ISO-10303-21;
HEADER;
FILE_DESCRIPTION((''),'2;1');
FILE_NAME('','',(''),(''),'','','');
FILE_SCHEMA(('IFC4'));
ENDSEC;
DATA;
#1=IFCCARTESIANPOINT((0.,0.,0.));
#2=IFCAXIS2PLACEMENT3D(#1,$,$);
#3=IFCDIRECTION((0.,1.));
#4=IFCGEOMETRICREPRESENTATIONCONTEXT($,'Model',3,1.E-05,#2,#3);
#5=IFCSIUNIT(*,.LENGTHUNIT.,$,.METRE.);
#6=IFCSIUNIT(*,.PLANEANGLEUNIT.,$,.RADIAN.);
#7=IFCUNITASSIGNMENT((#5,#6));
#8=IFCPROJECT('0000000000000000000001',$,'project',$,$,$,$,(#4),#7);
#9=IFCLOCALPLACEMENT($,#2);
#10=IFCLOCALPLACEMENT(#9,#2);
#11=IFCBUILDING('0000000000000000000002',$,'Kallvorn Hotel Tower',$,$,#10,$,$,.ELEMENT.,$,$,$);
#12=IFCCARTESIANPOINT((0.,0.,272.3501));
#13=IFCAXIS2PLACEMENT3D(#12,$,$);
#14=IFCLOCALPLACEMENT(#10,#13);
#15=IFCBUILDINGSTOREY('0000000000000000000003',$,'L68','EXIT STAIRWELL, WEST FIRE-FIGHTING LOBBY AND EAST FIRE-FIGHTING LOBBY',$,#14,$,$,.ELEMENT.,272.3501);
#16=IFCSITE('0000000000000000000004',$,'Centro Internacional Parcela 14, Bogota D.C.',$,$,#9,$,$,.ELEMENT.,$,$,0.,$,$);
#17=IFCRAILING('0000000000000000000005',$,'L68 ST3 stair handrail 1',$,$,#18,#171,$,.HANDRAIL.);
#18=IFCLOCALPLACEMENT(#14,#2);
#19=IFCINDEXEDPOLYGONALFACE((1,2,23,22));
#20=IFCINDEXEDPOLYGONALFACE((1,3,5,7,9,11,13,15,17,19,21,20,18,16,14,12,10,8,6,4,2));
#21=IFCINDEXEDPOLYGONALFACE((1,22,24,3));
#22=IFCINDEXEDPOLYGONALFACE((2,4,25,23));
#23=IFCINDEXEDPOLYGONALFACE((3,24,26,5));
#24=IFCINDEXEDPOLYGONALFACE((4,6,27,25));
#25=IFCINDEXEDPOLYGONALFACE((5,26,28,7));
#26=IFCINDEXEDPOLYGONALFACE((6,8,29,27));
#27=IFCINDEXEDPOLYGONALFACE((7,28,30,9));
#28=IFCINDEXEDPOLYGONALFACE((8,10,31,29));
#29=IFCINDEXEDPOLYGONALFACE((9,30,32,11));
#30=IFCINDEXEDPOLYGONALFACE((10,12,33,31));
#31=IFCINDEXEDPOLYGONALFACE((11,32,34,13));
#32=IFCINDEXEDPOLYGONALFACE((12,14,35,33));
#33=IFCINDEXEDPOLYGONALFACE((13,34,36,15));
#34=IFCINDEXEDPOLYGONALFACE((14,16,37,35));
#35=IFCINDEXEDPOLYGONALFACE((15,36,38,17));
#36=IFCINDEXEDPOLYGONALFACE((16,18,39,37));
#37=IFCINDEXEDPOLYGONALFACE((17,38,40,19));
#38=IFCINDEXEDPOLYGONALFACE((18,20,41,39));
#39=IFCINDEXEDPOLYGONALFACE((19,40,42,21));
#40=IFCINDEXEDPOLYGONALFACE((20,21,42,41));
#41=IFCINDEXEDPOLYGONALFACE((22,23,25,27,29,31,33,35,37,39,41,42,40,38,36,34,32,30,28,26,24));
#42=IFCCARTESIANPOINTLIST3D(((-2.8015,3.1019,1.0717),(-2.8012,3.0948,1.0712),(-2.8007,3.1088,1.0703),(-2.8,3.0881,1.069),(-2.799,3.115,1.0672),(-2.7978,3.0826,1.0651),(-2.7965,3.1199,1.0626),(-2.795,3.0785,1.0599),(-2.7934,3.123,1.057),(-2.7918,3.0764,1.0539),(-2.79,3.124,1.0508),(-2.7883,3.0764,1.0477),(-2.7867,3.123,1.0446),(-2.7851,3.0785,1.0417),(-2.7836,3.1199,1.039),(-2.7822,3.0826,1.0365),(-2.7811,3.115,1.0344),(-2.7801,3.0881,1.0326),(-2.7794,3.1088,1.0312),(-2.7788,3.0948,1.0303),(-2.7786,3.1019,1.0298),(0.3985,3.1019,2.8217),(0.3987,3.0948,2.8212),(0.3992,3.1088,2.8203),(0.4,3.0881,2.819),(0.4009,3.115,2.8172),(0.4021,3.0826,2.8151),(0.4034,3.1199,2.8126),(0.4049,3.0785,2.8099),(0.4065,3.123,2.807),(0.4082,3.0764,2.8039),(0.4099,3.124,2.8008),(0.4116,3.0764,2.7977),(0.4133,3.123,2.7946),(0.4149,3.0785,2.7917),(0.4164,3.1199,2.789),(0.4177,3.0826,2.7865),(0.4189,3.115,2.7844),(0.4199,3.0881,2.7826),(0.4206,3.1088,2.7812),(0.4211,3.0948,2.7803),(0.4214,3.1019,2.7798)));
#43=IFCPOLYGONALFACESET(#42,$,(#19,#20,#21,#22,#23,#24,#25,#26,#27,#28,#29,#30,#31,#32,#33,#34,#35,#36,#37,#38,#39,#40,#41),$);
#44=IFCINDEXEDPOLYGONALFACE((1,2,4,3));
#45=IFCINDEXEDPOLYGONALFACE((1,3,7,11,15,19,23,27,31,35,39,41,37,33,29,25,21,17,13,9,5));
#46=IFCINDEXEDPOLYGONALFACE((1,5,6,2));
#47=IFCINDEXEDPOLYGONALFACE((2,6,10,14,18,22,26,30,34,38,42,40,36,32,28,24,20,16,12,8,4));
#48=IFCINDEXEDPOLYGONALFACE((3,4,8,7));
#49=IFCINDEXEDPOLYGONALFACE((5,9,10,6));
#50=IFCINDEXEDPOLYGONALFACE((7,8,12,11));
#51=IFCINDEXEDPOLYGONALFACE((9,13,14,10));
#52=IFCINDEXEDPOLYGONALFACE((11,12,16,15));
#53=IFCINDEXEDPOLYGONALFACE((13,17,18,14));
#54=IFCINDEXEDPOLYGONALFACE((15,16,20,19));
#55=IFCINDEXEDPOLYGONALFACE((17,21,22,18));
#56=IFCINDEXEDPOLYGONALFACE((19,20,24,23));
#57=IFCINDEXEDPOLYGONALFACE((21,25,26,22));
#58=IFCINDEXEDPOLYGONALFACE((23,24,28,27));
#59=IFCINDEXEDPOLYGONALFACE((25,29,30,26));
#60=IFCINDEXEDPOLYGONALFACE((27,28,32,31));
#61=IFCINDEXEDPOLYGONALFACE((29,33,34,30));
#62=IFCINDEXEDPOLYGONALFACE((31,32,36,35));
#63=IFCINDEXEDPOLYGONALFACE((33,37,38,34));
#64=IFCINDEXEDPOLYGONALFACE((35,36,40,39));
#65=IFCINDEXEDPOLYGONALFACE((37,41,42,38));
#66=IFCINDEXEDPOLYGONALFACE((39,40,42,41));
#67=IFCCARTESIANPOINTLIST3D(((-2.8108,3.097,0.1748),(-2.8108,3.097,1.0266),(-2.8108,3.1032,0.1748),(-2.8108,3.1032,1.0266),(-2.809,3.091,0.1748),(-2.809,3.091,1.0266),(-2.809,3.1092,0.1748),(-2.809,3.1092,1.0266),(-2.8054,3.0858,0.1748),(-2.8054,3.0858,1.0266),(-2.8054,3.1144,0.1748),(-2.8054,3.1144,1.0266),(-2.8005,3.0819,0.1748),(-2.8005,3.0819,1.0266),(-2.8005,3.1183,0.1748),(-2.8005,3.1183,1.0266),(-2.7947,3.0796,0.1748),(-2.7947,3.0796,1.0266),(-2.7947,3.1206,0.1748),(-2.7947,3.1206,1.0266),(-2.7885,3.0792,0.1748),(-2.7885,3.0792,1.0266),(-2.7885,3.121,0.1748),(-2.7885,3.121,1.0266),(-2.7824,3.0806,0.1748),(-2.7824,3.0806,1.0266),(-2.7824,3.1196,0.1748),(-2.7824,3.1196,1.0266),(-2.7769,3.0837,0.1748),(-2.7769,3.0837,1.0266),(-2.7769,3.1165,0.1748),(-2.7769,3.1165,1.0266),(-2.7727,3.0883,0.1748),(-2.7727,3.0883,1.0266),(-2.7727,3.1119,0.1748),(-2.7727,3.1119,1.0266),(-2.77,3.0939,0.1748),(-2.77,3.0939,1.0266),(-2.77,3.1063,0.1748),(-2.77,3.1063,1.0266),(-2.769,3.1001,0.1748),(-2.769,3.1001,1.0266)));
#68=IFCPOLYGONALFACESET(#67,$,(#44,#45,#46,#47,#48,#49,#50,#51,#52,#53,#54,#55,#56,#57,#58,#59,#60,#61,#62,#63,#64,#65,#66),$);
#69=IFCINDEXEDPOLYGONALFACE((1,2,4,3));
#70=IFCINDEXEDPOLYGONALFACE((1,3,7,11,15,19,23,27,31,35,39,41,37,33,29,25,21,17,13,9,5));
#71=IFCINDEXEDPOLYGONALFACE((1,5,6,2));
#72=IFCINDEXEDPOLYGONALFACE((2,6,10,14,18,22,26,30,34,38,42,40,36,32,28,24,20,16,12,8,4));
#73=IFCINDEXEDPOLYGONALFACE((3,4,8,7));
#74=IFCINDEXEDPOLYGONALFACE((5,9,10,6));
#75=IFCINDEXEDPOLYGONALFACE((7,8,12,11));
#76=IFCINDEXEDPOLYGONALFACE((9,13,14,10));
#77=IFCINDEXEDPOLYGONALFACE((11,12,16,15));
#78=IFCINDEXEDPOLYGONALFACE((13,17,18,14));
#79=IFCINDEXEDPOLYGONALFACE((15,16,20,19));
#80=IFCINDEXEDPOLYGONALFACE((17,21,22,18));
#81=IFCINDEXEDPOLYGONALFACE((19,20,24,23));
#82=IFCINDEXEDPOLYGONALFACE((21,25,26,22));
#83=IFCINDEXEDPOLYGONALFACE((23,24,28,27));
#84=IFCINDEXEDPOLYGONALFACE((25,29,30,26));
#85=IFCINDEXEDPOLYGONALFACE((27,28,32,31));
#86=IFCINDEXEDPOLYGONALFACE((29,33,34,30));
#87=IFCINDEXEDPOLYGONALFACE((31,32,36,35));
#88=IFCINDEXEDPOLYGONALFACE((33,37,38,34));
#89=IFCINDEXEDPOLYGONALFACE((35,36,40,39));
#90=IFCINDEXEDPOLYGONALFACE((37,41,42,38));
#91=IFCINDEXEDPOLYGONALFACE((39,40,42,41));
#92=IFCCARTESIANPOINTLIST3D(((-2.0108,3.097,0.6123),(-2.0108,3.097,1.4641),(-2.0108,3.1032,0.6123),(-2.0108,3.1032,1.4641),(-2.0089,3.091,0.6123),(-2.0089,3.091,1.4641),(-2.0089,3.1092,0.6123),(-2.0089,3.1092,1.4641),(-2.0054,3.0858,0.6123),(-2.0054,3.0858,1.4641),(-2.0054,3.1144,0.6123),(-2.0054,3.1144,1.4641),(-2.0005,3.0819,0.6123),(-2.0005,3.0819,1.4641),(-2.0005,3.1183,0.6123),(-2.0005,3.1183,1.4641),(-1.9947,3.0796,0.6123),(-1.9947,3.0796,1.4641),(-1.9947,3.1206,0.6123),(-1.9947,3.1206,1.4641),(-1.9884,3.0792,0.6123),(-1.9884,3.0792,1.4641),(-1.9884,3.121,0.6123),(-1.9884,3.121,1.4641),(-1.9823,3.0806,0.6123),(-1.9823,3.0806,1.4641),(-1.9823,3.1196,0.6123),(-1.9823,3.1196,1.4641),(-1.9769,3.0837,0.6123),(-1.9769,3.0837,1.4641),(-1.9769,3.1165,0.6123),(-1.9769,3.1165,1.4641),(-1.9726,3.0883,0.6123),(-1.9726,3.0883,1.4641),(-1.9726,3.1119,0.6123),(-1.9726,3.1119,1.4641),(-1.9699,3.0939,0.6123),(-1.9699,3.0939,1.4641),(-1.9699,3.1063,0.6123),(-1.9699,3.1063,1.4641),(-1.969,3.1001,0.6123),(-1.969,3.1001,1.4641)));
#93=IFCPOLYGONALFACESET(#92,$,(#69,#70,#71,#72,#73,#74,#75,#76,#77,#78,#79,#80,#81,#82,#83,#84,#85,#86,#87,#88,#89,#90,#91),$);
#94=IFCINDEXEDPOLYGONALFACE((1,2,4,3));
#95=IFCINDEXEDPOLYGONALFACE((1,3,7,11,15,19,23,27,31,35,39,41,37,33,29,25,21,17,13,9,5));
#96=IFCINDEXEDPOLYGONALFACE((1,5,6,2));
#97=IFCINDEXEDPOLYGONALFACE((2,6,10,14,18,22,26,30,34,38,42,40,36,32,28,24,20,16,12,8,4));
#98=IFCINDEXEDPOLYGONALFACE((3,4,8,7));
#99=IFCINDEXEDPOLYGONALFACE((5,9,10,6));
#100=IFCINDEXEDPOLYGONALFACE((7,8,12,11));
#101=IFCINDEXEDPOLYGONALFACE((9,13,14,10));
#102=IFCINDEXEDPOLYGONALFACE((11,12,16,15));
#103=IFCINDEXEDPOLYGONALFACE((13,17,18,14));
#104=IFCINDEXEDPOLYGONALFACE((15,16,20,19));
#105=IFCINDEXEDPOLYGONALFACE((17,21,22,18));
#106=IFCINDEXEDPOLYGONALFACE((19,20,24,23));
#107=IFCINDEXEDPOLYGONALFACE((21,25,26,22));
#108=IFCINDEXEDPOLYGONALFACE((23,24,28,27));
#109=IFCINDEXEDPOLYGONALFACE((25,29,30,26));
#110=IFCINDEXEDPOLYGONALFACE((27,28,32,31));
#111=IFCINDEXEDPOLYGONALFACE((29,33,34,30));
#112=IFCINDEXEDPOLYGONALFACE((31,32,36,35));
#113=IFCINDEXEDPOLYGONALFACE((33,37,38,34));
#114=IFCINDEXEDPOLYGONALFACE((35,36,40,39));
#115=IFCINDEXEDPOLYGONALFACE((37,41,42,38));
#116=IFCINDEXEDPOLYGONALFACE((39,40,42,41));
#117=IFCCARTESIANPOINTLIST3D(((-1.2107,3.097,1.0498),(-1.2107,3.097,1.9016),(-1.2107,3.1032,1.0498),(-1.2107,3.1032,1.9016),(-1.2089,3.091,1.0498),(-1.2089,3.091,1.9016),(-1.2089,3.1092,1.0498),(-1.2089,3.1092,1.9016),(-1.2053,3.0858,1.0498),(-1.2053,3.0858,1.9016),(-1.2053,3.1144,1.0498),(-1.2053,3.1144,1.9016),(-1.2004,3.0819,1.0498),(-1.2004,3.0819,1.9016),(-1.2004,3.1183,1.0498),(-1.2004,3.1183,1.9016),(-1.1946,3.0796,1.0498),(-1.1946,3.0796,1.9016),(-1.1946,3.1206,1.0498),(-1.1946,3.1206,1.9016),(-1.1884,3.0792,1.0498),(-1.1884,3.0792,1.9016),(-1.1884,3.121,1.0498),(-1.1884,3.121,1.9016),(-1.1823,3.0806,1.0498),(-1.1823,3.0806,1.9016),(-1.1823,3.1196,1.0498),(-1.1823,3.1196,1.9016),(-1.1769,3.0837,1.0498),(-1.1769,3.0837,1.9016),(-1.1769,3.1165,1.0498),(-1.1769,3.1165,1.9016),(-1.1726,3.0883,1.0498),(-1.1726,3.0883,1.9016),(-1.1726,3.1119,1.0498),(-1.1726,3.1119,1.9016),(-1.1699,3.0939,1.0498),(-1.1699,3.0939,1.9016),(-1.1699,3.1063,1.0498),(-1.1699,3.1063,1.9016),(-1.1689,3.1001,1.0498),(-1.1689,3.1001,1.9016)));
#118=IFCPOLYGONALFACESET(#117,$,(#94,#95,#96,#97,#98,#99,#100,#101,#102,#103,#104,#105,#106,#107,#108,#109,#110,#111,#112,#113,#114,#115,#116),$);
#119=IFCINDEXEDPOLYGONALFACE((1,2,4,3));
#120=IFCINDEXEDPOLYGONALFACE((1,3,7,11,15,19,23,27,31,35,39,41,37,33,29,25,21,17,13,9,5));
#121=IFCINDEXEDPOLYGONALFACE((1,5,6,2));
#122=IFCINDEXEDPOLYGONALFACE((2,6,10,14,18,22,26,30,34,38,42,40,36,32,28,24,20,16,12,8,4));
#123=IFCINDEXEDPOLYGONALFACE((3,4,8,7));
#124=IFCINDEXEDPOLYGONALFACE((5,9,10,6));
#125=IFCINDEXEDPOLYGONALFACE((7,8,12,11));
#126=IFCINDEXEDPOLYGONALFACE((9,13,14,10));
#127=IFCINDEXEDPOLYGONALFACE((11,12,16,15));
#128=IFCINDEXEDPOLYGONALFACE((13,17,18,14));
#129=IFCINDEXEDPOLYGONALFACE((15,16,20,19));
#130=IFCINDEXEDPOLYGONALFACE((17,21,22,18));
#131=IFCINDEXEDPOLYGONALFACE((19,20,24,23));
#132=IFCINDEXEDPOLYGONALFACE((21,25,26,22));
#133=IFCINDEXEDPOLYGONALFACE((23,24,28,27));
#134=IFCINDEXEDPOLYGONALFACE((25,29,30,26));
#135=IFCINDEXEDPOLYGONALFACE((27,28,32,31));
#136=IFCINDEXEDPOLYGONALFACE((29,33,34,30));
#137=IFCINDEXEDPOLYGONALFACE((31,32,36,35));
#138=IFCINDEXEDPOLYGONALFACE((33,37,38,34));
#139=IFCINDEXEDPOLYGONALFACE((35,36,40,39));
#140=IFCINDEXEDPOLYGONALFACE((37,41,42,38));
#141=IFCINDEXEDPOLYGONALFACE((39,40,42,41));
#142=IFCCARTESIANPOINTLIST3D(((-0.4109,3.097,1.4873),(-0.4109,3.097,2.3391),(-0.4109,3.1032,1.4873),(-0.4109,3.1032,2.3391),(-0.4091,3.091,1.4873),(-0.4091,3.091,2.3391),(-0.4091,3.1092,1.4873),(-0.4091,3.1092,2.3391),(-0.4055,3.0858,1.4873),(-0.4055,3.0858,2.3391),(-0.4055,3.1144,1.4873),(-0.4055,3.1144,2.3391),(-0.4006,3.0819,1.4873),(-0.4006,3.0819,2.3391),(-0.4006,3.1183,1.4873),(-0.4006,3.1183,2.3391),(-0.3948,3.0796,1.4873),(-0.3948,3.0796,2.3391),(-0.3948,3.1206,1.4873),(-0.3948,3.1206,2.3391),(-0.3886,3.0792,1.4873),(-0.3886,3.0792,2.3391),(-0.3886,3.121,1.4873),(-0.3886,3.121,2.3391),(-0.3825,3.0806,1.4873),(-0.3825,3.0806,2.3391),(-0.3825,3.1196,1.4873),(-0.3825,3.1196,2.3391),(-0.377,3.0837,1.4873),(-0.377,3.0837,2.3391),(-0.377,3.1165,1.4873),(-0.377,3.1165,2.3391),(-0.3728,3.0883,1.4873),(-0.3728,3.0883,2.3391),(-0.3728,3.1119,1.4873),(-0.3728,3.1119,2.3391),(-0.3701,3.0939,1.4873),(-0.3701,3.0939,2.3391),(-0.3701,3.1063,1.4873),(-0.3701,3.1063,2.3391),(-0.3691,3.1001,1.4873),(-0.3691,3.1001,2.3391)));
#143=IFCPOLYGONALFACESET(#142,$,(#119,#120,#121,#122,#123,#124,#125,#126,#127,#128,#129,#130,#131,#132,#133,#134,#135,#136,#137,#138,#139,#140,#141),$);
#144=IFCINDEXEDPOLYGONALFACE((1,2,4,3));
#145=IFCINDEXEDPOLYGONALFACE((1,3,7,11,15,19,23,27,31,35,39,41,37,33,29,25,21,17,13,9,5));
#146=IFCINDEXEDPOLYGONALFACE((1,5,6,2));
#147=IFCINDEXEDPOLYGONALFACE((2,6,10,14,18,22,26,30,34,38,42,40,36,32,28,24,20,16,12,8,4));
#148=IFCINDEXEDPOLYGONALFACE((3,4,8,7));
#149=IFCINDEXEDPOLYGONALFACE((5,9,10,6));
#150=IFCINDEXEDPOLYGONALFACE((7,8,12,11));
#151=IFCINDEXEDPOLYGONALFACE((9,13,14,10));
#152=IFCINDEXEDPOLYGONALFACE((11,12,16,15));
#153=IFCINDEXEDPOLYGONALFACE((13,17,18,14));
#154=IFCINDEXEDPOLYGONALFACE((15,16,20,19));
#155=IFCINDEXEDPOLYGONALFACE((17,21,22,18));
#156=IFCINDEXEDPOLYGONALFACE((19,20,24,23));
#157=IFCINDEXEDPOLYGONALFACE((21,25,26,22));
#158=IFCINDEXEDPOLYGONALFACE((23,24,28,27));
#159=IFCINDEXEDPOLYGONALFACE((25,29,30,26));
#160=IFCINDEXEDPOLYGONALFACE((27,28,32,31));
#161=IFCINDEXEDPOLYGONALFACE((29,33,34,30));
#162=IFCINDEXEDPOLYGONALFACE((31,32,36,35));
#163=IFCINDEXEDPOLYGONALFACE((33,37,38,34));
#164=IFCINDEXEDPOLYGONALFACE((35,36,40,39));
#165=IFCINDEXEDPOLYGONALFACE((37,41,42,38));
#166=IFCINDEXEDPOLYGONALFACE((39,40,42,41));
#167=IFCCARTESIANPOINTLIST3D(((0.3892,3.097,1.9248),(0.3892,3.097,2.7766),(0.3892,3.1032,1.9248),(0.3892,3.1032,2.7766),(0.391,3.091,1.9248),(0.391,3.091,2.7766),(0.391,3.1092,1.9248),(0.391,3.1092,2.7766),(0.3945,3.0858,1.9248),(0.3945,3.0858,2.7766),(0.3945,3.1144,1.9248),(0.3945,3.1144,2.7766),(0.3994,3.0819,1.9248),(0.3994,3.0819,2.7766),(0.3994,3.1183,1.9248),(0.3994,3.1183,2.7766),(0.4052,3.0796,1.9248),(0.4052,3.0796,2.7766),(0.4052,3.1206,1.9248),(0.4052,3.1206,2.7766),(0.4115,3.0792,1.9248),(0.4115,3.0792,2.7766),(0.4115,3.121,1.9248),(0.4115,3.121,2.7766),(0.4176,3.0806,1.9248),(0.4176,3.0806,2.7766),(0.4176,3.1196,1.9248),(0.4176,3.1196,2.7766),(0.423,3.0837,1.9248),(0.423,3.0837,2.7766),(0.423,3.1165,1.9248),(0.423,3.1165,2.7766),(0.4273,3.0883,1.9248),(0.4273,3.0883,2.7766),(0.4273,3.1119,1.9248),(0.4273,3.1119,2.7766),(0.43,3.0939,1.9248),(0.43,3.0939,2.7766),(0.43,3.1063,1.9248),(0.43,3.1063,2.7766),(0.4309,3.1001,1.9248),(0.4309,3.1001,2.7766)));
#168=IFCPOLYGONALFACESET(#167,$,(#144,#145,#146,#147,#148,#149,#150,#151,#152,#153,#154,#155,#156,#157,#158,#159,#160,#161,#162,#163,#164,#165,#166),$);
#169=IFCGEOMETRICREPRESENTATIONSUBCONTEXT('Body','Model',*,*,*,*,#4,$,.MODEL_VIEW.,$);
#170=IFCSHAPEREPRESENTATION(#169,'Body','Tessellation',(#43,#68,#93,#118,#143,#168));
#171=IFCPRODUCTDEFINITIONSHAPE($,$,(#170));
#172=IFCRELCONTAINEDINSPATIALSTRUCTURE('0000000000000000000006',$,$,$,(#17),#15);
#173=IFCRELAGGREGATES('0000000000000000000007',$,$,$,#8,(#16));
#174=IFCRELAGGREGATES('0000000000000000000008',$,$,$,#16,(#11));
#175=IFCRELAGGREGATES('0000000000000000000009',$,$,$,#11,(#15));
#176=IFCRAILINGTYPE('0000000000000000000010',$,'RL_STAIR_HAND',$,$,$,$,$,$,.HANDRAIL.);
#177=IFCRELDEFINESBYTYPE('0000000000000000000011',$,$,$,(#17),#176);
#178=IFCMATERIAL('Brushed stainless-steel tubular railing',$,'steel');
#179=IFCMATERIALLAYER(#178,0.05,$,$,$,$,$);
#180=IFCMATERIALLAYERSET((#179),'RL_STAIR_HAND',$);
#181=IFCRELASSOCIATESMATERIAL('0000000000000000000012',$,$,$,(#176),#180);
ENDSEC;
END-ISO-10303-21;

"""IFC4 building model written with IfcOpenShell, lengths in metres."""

from ifc_helpers import new_model, si_unit, direction, frame, origin, origin_2d, place, context, subcontext, project, spatial, circle, extrude, material, layer, layer_set, type_object, element, save


model = new_model("IFC4")

# Units and contexts
model_context = context("Model", 3, precision=1e-05, world=origin(), true_north=direction((0.0, 1.0)))
body_context = subcontext(model_context, "Body", "Model", "MODEL_VIEW")
ifc_project = project(units=[si_unit("LENGTHUNIT", "METRE"), si_unit("PLANEANGLEUNIT", "RADIAN")], contexts=[model_context])

# Site, building, storey
site_placement = place(None, origin())
site = spatial("IfcSite", under=ifc_project, at=site_placement, Name="Centro Internacional Parcela 14, Bogota D.C.", CompositionType="ELEMENT", RefElevation=0.0)
building_placement = place(site_placement, origin())
building = spatial("IfcBuilding", under=site, at=building_placement, Name="Kallvorn Hotel Tower", CompositionType="ELEMENT")
storey_placement = place(building_placement, frame((0.0, 0.0, 272.3501)))
storey = spatial("IfcBuildingStorey", under=building, at=storey_placement, Name="L68", Description="EXIT STAIRWELL, WEST FIRE-FIGHTING LOBBY AND EAST FIRE-FIGHTING LOBBY", CompositionType="ELEMENT", Elevation=272.3501)

# Railing
ifc_material_1 = material(Name="Brushed stainless-steel tubular railing", Category="steel")
ifc_layer_1 = layer(ifc_material_1, 0.05)
ifc_layer_set_1 = layer_set([ifc_layer_1], Name="RL_STAIR_HAND")
railing_type_1 = type_object("IfcRailingType", Name="RL_STAIR_HAND", PredefinedType="HANDRAIL", material=ifc_layer_set_1)
railing_1_placement = place(storey_placement, frame((-2.79, 3.1001, 0.1748)))
element("IfcRailing", 1, at=railing_1_placement, inside=storey, type_object=railing_type_1, Name="L68 ST3 stair handrail 1", PredefinedType="HANDRAIL", context=body_context, shape_type="SweptSolid", body=[
    extrude(circle(Radius=0.0239, at=origin_2d()), frame((0.0, 0.0, 0.876), z_axis=(0.877368, 0.0, 0.479818), x_axis=(0.0, 1.0, 0.0)), (0.0, 0.0, 1.0), 3.6472),
    extrude(circle(Radius=0.021, at=origin_2d()), origin(), (0.0, 0.0, 1.0), 0.8518),
    extrude(circle(Radius=0.021, at=origin_2d()), frame((0.8, 0.0, 0.4375)), (0.0, 0.0, 1.0), 0.8518),
    extrude(circle(Radius=0.021, at=origin_2d()), frame((1.6001, 0.0, 0.875)), (0.0, 0.0, 1.0), 0.8518),
    extrude(circle(Radius=0.021, at=origin_2d()), frame((2.3999, 0.0, 1.3125)), (0.0, 0.0, 1.0), 0.8518),
    extrude(circle(Radius=0.021, at=origin_2d()), frame((3.2, 0.0, 1.75)), (0.0, 0.0, 1.0), 0.8518),
])

save(model, "model.ifc")
